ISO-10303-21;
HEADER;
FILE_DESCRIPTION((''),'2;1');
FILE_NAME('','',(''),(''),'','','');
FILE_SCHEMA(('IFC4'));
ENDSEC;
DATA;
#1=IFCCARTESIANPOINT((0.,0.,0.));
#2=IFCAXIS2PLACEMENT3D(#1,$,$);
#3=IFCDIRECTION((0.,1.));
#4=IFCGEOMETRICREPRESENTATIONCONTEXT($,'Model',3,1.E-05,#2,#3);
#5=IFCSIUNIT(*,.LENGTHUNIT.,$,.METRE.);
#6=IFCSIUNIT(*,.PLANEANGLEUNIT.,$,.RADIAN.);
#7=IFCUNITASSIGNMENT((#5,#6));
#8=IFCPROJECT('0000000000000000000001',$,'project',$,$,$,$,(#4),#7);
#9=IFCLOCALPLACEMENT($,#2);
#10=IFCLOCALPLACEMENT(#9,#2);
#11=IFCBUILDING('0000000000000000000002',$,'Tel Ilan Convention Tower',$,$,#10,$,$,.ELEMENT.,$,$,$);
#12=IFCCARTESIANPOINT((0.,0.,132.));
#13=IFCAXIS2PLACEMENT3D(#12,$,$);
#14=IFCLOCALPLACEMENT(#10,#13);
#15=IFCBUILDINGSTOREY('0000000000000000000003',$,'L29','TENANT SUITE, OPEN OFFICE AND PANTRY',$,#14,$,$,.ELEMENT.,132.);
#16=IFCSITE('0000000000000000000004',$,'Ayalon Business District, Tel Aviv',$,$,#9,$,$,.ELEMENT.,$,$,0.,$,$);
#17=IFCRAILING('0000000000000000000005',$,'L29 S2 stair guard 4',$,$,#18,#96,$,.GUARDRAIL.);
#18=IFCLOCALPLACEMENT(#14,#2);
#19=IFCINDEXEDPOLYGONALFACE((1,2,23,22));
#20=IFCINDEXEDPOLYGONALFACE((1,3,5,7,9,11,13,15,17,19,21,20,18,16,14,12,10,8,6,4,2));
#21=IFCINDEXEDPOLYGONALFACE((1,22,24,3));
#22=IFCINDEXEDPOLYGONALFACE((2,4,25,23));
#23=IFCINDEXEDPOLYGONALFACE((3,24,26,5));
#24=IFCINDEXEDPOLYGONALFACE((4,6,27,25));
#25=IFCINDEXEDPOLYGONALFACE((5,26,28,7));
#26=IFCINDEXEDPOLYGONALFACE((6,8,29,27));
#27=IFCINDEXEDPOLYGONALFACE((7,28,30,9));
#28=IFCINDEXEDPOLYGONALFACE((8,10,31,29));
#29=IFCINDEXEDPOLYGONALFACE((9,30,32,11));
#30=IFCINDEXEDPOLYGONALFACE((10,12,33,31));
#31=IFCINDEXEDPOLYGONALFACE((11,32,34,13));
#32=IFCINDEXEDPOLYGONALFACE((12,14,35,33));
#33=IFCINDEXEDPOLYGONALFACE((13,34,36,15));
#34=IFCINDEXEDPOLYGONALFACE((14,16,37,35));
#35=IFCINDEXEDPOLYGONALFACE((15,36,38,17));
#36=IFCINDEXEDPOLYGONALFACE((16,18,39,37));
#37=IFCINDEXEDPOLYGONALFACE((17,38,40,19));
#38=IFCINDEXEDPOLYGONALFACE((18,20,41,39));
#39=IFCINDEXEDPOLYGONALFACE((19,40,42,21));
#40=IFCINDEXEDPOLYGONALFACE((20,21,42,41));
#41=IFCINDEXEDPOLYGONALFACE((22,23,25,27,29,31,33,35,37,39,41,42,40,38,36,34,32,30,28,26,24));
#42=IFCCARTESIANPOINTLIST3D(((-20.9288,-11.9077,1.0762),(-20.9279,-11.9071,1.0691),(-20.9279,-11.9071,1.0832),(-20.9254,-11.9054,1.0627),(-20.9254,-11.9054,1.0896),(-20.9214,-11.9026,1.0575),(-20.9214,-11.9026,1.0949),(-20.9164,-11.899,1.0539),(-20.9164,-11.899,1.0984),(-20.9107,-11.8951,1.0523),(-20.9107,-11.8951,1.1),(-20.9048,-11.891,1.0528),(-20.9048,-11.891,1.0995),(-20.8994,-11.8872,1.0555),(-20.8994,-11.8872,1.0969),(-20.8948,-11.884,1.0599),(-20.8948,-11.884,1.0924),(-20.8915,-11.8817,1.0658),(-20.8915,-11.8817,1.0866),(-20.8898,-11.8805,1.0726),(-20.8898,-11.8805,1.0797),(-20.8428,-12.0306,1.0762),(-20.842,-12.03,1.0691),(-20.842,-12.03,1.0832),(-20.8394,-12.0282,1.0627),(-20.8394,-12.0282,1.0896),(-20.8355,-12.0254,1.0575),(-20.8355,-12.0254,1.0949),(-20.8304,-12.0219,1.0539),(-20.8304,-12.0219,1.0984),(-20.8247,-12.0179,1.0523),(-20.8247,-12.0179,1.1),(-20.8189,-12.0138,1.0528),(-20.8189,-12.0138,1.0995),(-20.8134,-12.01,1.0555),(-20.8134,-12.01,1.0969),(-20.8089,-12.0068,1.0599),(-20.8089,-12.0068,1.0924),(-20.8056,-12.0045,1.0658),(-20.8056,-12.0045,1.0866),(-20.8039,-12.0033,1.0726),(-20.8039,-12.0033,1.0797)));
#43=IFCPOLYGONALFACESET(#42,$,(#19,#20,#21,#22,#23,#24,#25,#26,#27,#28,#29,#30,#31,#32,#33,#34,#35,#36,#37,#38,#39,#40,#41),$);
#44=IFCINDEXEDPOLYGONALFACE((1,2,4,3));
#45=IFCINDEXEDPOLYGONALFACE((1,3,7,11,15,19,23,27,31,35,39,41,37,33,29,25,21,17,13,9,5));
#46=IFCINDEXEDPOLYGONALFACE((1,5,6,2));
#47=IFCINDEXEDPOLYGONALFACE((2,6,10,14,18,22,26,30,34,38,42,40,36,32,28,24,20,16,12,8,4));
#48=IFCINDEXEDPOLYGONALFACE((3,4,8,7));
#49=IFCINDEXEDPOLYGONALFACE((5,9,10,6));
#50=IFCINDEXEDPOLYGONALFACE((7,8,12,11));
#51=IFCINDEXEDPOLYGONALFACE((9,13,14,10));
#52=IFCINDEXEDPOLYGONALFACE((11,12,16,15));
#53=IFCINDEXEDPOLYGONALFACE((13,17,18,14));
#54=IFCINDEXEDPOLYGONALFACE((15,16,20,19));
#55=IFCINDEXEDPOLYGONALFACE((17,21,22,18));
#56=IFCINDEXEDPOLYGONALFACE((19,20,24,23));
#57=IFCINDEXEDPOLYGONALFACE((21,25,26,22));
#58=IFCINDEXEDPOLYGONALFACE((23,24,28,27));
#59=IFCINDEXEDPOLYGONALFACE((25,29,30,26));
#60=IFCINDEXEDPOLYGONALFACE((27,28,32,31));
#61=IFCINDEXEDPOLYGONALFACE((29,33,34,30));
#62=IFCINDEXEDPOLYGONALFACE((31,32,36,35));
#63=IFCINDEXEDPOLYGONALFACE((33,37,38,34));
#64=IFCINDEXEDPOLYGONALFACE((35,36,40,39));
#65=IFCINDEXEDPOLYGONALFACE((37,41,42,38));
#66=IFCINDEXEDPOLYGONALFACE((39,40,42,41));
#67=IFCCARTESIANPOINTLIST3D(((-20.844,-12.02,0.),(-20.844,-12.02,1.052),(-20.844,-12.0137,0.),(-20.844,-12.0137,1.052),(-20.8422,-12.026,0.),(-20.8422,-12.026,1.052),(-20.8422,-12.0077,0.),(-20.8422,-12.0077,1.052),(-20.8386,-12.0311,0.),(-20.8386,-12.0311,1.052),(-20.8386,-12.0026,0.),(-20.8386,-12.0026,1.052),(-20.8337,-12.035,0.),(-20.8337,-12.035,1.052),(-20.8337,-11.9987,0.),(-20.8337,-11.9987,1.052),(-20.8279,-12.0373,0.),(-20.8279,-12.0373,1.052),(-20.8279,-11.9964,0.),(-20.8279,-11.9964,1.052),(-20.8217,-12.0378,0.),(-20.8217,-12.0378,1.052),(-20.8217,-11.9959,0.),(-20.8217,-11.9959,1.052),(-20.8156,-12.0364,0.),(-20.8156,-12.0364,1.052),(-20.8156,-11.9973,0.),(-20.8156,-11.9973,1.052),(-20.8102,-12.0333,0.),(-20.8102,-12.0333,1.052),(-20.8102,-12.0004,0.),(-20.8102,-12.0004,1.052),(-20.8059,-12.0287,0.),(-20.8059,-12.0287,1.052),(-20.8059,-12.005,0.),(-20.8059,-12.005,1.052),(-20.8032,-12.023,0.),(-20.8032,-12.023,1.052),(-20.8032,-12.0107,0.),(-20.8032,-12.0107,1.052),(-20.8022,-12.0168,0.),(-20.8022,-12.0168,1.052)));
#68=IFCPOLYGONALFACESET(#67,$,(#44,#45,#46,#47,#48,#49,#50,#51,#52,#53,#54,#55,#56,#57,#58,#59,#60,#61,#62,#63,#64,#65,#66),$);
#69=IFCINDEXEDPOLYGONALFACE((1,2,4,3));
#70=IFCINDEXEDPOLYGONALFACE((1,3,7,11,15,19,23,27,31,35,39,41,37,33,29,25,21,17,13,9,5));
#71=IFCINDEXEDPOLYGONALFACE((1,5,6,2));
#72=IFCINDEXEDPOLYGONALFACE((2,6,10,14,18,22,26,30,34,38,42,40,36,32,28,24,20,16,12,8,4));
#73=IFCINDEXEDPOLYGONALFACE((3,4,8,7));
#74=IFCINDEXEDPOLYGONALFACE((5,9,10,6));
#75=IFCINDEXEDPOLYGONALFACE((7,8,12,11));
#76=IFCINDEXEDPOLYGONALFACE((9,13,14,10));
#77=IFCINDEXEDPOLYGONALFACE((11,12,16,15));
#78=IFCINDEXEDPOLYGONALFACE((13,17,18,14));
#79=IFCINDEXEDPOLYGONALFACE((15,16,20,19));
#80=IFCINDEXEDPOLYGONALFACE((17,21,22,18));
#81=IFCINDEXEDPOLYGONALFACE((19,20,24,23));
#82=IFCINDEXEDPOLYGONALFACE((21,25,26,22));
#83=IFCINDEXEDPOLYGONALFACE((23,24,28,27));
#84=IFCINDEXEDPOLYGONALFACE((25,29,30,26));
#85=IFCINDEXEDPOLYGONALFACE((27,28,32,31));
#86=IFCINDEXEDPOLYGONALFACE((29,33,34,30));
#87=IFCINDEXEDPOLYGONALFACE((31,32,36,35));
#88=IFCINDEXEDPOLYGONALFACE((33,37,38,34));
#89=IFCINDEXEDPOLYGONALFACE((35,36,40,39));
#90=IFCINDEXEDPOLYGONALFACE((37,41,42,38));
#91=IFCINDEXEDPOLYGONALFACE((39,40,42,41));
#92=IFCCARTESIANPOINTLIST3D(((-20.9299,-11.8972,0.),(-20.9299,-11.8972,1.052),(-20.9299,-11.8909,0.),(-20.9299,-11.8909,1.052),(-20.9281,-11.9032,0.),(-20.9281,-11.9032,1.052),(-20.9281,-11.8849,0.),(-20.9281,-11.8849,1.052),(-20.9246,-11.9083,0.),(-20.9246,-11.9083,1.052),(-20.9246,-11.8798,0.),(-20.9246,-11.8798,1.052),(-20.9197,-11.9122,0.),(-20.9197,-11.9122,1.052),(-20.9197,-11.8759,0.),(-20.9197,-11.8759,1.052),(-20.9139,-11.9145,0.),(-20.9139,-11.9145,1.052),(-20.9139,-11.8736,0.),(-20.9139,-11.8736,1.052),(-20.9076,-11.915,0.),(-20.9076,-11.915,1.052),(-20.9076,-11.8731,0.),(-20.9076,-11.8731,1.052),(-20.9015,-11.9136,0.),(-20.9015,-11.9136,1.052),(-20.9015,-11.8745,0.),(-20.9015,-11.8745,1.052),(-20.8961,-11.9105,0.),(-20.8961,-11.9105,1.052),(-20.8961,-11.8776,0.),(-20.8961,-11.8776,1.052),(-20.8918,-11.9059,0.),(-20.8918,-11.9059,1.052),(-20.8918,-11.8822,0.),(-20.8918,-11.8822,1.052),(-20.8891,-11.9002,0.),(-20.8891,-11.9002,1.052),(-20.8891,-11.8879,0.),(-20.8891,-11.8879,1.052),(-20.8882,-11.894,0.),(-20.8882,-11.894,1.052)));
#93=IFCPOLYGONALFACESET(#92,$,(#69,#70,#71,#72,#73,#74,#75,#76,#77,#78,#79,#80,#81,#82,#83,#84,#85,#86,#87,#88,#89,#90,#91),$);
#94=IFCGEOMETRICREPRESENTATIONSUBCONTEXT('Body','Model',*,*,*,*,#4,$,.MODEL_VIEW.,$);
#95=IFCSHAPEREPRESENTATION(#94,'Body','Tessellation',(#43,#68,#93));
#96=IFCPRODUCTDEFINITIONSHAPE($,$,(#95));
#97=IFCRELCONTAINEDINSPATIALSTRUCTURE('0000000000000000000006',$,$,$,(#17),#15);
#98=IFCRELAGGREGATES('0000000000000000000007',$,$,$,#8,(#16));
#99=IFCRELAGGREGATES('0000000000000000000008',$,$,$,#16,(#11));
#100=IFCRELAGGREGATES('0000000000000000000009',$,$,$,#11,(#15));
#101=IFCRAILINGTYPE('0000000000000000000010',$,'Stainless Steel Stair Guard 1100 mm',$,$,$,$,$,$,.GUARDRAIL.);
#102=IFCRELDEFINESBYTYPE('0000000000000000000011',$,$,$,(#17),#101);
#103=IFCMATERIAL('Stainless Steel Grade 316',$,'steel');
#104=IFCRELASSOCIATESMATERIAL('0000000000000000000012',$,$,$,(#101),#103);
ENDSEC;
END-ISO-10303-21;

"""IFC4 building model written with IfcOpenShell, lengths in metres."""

from ifc_helpers import new_model, si_unit, direction, frame, origin, origin_2d, place, context, subcontext, project, spatial, circle, extrude, material, type_object, element, save


model = new_model("IFC4")

# Units and contexts
model_context = context("Model", 3, precision=1e-05, world=origin(), true_north=direction((0.0, 1.0)))
body_context = subcontext(model_context, "Body", "Model", "MODEL_VIEW")
ifc_project = project(units=[si_unit("LENGTHUNIT", "METRE"), si_unit("PLANEANGLEUNIT", "RADIAN")], contexts=[model_context])

# Site, building, storey
site_placement = place(None, origin())
site = spatial("IfcSite", under=ifc_project, at=site_placement, Name="Ayalon Business District, Tel Aviv", CompositionType="ELEMENT", RefElevation=0.0)
building_placement = place(site_placement, origin())
building = spatial("IfcBuilding", under=site, at=building_placement, Name="Tel Ilan Convention Tower", CompositionType="ELEMENT")
storey_placement = place(building_placement, frame((0.0, 0.0, 132.0)))
storey = spatial("IfcBuildingStorey", under=building, at=storey_placement, Name="L29", Description="TENANT SUITE, OPEN OFFICE AND PANTRY", CompositionType="ELEMENT", Elevation=132.0)

# Railing
ifc_material_1 = material(Name="Stainless Steel Grade 316", Category="steel")
railing_type_1 = type_object("IfcRailingType", Name="Stainless Steel Stair Guard 1100 mm", PredefinedType="GUARDRAIL", material=ifc_material_1)
railing_1_placement = place(storey_placement, frame((-20.8232, -12.0168, 0.0)))
element("IfcRailing", 1, at=railing_1_placement, inside=storey, type_object=railing_type_1, Name="L29 S2 stair guard 4", PredefinedType="GUARDRAIL", context=body_context, shape_type="SweptSolid", body=[
    extrude(circle(Radius=0.0239, at=origin_2d()), frame((0.0, 0.0, 1.0762), z_axis=(-0.573353, 0.819308, 0.0), x_axis=(-0.819308, -0.573353, 0.0)), (0.0, 0.0, 1.0), 0.1499),
    extrude(circle(Radius=0.021, at=origin_2d()), origin(), (0.0, 0.0, 1.0), 1.052),
    extrude(circle(Radius=0.021, at=origin_2d()), frame((-0.0859, 0.1228, 0.0)), (0.0, 0.0, 1.0), 1.052),
])

save(model, "model.ifc")
